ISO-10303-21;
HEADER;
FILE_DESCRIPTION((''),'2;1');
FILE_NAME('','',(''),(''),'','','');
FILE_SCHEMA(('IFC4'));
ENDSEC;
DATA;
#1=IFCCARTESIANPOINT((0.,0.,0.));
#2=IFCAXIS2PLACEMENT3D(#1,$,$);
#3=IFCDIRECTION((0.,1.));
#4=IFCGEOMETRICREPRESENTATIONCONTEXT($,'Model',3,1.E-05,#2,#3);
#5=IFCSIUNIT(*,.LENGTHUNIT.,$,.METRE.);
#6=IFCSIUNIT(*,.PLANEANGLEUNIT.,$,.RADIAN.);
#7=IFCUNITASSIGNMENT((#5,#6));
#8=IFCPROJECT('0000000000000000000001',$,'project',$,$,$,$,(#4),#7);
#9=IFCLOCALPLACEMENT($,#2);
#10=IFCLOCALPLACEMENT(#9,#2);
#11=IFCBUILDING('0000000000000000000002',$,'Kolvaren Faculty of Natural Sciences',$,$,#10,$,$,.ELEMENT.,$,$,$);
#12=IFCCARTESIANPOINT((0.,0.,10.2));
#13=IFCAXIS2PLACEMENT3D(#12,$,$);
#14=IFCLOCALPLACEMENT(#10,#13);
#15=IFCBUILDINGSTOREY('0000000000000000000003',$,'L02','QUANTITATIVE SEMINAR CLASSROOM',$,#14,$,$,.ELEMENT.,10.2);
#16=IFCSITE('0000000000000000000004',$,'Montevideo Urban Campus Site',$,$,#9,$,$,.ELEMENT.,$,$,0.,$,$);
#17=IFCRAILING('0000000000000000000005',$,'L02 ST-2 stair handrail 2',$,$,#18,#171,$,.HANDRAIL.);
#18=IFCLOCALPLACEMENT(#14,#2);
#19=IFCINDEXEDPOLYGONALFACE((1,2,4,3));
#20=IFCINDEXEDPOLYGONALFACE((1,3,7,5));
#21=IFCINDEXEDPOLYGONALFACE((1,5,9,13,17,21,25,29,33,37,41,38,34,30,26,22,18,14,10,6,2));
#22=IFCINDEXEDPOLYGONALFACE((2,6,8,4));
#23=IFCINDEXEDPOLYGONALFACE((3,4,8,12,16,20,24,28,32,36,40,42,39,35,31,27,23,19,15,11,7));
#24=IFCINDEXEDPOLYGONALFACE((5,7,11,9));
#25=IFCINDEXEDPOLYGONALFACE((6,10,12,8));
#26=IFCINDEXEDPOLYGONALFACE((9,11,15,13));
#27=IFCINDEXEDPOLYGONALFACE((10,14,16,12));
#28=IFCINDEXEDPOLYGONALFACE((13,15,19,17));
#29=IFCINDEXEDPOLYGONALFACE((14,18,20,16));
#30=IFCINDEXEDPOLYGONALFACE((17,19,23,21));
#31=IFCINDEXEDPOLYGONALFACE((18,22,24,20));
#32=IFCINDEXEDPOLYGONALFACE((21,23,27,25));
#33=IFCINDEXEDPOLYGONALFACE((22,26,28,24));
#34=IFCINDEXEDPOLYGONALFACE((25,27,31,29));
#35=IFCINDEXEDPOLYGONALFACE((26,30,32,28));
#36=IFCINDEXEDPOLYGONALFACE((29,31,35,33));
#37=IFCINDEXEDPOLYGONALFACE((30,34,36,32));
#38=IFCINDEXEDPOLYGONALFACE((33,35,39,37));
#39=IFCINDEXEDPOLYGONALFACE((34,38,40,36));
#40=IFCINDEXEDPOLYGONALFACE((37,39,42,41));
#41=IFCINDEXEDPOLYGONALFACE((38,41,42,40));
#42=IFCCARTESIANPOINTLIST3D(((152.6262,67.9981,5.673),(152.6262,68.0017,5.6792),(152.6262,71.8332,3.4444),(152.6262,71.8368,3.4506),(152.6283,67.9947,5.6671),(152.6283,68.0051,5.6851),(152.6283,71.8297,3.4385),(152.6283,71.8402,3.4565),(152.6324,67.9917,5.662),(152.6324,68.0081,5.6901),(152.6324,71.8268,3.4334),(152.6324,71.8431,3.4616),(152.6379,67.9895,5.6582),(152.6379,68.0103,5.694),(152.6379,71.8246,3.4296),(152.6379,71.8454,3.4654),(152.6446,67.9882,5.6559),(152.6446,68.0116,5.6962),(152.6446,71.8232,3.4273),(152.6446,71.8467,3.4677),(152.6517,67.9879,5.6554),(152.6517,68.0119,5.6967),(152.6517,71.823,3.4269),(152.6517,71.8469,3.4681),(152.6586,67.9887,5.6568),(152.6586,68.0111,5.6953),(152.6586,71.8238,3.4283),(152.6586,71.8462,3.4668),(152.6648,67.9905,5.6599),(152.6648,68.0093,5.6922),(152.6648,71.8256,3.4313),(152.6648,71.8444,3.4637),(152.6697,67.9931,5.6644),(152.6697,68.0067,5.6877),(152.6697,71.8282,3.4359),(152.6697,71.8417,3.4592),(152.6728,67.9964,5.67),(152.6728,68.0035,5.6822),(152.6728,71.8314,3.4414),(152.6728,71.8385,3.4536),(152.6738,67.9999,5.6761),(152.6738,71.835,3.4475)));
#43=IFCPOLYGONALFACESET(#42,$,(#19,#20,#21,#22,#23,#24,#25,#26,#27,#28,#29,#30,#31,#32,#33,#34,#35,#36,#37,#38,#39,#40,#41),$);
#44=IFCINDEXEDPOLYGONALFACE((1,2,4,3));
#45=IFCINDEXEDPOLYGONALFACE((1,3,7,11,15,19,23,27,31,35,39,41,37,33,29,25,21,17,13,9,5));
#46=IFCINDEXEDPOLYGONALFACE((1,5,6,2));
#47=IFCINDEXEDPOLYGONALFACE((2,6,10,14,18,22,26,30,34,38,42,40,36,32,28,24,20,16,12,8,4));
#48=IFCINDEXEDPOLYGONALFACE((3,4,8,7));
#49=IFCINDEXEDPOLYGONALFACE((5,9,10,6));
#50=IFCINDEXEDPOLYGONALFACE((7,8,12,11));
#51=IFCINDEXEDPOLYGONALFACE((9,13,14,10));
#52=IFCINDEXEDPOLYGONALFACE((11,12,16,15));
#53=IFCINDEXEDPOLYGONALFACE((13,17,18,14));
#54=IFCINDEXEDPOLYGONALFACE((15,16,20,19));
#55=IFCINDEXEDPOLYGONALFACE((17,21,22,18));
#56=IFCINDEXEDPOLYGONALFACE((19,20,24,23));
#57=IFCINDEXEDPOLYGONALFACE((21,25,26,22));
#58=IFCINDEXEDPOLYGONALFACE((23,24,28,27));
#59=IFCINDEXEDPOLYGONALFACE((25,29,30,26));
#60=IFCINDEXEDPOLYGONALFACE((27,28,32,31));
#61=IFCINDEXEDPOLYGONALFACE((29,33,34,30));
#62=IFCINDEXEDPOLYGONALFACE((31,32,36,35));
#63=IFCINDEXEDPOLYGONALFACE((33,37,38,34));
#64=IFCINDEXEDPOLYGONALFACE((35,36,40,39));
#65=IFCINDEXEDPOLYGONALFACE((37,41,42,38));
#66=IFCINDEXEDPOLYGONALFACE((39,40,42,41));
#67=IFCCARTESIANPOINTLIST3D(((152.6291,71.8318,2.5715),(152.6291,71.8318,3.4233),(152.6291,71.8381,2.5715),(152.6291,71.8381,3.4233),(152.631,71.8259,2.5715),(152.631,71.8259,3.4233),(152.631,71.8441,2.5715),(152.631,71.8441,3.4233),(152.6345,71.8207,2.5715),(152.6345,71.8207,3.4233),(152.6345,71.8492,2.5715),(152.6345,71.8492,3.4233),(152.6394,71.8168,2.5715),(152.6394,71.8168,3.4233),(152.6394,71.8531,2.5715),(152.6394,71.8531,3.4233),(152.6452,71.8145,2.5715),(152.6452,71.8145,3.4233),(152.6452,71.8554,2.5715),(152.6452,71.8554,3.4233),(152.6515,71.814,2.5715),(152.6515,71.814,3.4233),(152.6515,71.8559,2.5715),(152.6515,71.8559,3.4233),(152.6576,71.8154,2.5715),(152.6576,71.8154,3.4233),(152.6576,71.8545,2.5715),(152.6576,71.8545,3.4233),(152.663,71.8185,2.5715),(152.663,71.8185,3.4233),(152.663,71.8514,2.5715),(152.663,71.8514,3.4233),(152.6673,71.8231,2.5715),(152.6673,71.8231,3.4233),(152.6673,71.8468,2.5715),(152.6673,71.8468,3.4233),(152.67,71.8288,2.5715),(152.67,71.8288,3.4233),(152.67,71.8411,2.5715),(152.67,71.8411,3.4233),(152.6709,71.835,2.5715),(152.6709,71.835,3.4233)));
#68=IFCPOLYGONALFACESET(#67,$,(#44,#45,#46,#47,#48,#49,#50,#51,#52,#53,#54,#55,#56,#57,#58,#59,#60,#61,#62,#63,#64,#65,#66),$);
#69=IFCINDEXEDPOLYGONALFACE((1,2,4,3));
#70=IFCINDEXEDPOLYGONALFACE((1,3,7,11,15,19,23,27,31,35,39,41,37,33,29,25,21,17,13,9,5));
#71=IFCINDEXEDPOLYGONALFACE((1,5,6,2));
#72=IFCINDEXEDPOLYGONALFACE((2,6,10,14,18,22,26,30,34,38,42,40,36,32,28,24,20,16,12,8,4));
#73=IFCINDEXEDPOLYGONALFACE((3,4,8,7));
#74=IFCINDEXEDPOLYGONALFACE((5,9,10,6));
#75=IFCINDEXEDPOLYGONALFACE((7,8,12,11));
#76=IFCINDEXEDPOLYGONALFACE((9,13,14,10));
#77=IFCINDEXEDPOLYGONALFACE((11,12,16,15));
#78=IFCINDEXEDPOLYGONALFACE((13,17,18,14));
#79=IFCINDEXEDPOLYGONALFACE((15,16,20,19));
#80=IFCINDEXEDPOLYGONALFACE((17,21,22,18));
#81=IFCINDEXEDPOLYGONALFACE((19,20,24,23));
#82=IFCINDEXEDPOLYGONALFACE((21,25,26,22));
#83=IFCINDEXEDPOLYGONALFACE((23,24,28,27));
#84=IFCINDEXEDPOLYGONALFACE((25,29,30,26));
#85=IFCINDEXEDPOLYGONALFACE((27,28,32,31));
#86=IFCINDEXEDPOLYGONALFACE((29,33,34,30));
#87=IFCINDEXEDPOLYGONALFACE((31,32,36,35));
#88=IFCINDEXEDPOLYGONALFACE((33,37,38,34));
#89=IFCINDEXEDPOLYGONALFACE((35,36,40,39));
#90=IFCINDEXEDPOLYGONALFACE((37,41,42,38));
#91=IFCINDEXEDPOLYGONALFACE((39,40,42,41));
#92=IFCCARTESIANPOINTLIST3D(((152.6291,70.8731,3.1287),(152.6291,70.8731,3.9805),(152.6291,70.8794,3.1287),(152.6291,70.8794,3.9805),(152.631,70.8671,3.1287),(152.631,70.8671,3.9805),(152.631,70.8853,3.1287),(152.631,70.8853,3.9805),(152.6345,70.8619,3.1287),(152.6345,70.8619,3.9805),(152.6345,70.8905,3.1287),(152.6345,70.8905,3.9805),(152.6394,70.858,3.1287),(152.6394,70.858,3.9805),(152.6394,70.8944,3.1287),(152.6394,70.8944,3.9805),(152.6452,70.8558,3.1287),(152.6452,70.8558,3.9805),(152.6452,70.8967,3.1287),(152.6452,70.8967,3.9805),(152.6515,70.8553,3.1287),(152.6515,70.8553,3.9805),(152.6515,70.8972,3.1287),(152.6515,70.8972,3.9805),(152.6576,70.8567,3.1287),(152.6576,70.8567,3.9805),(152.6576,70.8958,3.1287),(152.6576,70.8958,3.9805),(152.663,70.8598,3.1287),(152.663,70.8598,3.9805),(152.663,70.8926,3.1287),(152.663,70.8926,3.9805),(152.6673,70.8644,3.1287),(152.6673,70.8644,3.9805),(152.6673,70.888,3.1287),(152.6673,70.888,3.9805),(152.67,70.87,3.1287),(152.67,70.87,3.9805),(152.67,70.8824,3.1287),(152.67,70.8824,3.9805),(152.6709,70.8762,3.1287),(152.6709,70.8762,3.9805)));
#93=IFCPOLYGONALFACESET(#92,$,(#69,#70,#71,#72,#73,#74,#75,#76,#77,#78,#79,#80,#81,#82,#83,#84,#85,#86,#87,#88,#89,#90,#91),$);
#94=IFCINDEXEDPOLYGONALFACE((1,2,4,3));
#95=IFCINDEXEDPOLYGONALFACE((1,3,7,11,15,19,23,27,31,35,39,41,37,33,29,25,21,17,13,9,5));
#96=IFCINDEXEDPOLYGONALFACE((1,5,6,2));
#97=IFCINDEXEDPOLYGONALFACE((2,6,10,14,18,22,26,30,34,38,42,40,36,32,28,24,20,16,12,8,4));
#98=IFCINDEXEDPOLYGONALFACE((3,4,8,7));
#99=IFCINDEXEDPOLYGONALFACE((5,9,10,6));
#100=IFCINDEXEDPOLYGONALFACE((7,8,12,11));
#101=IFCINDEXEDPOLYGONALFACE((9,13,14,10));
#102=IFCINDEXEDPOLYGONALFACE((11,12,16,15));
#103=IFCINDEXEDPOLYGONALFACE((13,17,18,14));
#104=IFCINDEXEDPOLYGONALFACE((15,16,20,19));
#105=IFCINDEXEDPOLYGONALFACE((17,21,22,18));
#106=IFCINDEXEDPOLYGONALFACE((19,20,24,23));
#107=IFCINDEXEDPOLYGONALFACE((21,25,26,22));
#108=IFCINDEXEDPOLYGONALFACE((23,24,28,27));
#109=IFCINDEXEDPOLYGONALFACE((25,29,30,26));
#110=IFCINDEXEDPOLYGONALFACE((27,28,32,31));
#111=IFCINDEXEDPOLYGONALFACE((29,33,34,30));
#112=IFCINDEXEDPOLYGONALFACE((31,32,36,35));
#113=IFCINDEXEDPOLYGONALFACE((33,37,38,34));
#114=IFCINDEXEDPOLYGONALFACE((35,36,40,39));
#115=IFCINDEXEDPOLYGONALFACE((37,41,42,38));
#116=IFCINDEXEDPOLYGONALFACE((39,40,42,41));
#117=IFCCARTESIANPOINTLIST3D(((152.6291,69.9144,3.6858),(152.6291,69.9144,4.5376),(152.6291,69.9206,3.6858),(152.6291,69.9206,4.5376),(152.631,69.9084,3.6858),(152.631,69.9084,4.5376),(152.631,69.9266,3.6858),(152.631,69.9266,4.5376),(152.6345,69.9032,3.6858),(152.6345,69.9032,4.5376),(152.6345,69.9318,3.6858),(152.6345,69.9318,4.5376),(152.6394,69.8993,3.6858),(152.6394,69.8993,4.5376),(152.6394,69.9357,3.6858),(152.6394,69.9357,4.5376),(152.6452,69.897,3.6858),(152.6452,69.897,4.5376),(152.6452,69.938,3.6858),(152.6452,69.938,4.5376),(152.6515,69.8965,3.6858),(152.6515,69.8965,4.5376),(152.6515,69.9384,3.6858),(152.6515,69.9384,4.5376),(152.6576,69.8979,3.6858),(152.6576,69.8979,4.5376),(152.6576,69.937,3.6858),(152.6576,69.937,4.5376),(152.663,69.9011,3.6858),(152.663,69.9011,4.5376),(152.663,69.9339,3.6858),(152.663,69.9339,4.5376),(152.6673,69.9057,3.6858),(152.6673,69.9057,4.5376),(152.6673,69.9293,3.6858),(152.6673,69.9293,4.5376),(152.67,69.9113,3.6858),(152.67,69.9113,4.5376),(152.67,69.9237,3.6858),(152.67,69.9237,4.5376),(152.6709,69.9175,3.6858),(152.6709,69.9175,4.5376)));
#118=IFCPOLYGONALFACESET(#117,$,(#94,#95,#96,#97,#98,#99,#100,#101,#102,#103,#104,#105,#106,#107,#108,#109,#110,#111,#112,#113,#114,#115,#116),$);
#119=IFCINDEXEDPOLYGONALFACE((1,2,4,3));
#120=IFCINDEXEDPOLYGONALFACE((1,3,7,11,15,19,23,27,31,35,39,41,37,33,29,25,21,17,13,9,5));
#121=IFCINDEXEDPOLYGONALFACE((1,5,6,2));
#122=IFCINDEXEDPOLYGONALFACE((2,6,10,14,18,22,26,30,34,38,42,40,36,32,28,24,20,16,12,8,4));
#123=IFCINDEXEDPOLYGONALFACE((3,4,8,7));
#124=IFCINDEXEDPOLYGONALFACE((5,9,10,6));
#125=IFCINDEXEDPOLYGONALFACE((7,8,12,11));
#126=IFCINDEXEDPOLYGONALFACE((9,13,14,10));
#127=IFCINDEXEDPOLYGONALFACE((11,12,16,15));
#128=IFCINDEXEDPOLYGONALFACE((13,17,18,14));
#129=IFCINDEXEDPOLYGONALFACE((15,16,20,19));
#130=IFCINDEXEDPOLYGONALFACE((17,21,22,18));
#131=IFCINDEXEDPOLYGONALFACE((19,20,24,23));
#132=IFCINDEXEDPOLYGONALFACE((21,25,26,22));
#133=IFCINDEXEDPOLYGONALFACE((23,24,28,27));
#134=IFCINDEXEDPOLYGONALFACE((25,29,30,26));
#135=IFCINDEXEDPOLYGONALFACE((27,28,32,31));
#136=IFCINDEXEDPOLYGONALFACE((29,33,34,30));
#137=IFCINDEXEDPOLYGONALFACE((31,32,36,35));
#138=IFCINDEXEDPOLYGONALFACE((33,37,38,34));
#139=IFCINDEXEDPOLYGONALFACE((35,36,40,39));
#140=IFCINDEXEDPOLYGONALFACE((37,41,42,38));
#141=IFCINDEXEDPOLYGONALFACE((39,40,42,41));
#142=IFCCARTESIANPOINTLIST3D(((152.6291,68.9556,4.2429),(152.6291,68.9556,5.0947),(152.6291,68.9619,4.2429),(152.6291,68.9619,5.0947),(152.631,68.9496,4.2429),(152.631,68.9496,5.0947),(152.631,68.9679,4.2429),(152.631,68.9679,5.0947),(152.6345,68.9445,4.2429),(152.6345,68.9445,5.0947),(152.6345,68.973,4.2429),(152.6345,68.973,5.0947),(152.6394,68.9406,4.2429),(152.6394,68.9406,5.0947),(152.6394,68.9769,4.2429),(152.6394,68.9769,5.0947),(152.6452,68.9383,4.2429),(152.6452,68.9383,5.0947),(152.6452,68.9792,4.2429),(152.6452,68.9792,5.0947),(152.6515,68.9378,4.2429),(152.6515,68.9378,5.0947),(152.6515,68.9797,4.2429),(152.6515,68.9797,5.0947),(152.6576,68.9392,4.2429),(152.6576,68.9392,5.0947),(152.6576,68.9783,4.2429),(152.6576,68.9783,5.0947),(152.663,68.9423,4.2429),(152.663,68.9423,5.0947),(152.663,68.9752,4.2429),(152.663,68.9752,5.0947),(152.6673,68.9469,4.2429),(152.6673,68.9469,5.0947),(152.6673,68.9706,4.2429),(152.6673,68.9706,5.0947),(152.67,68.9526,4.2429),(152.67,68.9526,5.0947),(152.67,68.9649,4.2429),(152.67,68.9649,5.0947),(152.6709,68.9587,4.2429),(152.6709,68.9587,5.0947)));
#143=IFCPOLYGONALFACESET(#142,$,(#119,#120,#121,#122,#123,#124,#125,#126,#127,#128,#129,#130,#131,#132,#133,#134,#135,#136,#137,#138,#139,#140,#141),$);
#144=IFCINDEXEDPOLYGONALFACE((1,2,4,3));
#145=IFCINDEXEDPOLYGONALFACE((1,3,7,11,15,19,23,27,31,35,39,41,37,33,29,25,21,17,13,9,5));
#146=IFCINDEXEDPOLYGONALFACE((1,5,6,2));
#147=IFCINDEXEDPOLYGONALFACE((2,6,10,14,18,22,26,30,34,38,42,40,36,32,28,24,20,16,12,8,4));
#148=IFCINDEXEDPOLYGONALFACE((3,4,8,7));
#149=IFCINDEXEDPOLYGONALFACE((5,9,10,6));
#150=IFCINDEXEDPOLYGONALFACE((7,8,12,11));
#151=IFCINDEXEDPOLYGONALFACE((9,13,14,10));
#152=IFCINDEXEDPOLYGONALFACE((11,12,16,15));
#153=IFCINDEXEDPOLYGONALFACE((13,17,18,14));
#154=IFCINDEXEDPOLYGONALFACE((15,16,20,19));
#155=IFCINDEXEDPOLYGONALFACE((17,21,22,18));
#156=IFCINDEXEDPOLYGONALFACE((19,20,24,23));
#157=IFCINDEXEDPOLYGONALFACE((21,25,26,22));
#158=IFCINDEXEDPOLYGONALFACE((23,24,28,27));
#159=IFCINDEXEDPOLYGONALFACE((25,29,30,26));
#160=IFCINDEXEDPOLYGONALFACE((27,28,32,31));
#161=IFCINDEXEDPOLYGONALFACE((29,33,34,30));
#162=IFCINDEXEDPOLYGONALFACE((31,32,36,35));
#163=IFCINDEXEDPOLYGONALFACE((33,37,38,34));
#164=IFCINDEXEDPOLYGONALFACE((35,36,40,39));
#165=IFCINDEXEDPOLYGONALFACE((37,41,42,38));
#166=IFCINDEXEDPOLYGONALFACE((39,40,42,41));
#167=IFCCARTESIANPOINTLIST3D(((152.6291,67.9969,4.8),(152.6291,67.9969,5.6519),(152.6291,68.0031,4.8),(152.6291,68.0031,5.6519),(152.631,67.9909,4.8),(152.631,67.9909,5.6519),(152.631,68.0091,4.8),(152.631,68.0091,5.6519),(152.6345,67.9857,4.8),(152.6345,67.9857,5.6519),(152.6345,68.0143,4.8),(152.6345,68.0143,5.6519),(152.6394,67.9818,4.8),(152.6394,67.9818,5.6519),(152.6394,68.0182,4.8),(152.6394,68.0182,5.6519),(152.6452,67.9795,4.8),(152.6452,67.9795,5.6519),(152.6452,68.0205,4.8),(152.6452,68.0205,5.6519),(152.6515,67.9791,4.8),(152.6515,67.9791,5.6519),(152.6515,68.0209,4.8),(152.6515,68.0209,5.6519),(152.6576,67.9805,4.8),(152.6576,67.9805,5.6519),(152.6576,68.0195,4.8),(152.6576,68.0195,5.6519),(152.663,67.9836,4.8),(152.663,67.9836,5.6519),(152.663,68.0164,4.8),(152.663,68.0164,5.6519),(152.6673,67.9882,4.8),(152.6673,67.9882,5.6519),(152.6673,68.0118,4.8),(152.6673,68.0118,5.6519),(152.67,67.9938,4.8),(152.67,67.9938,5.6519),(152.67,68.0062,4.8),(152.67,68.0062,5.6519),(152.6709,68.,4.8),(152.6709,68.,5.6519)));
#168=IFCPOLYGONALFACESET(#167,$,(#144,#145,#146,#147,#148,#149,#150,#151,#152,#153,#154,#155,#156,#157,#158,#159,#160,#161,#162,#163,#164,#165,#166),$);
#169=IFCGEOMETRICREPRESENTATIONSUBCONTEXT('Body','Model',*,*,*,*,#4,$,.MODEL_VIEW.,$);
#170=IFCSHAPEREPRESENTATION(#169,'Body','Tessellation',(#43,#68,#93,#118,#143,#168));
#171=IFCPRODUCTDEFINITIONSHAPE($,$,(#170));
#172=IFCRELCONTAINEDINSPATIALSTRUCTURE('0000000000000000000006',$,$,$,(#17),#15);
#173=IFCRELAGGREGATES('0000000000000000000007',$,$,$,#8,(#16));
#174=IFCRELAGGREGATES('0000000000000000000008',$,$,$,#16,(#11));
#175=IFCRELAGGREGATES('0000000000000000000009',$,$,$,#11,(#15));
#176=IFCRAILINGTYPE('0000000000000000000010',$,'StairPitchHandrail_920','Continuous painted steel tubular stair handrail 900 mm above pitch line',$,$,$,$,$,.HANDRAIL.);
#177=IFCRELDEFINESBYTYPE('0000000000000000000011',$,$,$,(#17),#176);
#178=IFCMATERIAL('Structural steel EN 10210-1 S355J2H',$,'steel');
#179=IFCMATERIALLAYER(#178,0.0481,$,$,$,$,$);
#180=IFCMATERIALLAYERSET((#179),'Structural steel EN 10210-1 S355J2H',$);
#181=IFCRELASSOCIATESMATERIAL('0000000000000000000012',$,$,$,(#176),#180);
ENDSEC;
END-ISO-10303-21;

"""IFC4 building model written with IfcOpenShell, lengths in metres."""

from ifc_helpers import new_model, si_unit, direction, frame, origin, origin_2d, place, context, subcontext, project, spatial, circle, extrude, material, layer, layer_set, type_object, element, save


model = new_model("IFC4")

# Units and contexts
model_context = context("Model", 3, precision=1e-05, world=origin(), true_north=direction((0.0, 1.0)))
body_context = subcontext(model_context, "Body", "Model", "MODEL_VIEW")
ifc_project = project(units=[si_unit("LENGTHUNIT", "METRE"), si_unit("PLANEANGLEUNIT", "RADIAN")], contexts=[model_context])

# Site, building, storey
site_placement = place(None, origin())
site = spatial("IfcSite", under=ifc_project, at=site_placement, Name="Montevideo Urban Campus Site", CompositionType="ELEMENT", RefElevation=0.0)
building_placement = place(site_placement, origin())
building = spatial("IfcBuilding", under=site, at=building_placement, Name="Kolvaren Faculty of Natural Sciences", CompositionType="ELEMENT")
storey_placement = place(building_placement, frame((0.0, 0.0, 10.2)))
storey = spatial("IfcBuildingStorey", under=building, at=storey_placement, Name="L02", Description="QUANTITATIVE SEMINAR CLASSROOM", CompositionType="ELEMENT", Elevation=10.2)

# Railing
ifc_material_1 = material(Name="Structural steel EN 10210-1 S355J2H", Category="steel")
ifc_layer_1 = layer(ifc_material_1, 0.0481)
ifc_layer_set_1 = layer_set([ifc_layer_1], Name="Structural steel EN 10210-1 S355J2H")
railing_type_1 = type_object("IfcRailingType", Name="StairPitchHandrail_920", Description="Continuous painted steel tubular stair handrail 900 mm above pitch line", PredefinedType="HANDRAIL", material=ifc_layer_set_1)
railing_1_placement = place(storey_placement, frame((152.6499, 71.835, 2.5715)))
element("IfcRailing", 1, at=railing_1_placement, inside=storey, type_object=railing_type_1, Name="L02 ST-2 stair handrail 2", PredefinedType="HANDRAIL", context=body_context, shape_type="SweptSolid", body=[
    extrude(circle(Radius=0.0239, at=origin_2d()), frame((0.0, 0.0, 0.876), z_axis=(0.0, -0.864616, 0.502433), x_axis=(1.0, 0.0, 0.0)), (0.0, 0.0, 1.0), 4.4355),
    extrude(circle(Radius=0.021, at=origin_2d()), origin(), (0.0, 0.0, 1.0), 0.8518),
    extrude(circle(Radius=0.021, at=origin_2d()), frame((0.0, -0.9587, 0.5571)), (0.0, 0.0, 1.0), 0.8518),
    extrude(circle(Radius=0.021, at=origin_2d()), frame((0.0, -1.9175, 1.1143)), (0.0, 0.0, 1.0), 0.8518),
    extrude(circle(Radius=0.021, at=origin_2d()), frame((0.0, -2.8762, 1.6714)), (0.0, 0.0, 1.0), 0.8518),
    extrude(circle(Radius=0.021, at=origin_2d()), frame((0.0, -3.835, 2.2285)), (0.0, 0.0, 1.0), 0.8518),
])

save(model, "model.ifc")
